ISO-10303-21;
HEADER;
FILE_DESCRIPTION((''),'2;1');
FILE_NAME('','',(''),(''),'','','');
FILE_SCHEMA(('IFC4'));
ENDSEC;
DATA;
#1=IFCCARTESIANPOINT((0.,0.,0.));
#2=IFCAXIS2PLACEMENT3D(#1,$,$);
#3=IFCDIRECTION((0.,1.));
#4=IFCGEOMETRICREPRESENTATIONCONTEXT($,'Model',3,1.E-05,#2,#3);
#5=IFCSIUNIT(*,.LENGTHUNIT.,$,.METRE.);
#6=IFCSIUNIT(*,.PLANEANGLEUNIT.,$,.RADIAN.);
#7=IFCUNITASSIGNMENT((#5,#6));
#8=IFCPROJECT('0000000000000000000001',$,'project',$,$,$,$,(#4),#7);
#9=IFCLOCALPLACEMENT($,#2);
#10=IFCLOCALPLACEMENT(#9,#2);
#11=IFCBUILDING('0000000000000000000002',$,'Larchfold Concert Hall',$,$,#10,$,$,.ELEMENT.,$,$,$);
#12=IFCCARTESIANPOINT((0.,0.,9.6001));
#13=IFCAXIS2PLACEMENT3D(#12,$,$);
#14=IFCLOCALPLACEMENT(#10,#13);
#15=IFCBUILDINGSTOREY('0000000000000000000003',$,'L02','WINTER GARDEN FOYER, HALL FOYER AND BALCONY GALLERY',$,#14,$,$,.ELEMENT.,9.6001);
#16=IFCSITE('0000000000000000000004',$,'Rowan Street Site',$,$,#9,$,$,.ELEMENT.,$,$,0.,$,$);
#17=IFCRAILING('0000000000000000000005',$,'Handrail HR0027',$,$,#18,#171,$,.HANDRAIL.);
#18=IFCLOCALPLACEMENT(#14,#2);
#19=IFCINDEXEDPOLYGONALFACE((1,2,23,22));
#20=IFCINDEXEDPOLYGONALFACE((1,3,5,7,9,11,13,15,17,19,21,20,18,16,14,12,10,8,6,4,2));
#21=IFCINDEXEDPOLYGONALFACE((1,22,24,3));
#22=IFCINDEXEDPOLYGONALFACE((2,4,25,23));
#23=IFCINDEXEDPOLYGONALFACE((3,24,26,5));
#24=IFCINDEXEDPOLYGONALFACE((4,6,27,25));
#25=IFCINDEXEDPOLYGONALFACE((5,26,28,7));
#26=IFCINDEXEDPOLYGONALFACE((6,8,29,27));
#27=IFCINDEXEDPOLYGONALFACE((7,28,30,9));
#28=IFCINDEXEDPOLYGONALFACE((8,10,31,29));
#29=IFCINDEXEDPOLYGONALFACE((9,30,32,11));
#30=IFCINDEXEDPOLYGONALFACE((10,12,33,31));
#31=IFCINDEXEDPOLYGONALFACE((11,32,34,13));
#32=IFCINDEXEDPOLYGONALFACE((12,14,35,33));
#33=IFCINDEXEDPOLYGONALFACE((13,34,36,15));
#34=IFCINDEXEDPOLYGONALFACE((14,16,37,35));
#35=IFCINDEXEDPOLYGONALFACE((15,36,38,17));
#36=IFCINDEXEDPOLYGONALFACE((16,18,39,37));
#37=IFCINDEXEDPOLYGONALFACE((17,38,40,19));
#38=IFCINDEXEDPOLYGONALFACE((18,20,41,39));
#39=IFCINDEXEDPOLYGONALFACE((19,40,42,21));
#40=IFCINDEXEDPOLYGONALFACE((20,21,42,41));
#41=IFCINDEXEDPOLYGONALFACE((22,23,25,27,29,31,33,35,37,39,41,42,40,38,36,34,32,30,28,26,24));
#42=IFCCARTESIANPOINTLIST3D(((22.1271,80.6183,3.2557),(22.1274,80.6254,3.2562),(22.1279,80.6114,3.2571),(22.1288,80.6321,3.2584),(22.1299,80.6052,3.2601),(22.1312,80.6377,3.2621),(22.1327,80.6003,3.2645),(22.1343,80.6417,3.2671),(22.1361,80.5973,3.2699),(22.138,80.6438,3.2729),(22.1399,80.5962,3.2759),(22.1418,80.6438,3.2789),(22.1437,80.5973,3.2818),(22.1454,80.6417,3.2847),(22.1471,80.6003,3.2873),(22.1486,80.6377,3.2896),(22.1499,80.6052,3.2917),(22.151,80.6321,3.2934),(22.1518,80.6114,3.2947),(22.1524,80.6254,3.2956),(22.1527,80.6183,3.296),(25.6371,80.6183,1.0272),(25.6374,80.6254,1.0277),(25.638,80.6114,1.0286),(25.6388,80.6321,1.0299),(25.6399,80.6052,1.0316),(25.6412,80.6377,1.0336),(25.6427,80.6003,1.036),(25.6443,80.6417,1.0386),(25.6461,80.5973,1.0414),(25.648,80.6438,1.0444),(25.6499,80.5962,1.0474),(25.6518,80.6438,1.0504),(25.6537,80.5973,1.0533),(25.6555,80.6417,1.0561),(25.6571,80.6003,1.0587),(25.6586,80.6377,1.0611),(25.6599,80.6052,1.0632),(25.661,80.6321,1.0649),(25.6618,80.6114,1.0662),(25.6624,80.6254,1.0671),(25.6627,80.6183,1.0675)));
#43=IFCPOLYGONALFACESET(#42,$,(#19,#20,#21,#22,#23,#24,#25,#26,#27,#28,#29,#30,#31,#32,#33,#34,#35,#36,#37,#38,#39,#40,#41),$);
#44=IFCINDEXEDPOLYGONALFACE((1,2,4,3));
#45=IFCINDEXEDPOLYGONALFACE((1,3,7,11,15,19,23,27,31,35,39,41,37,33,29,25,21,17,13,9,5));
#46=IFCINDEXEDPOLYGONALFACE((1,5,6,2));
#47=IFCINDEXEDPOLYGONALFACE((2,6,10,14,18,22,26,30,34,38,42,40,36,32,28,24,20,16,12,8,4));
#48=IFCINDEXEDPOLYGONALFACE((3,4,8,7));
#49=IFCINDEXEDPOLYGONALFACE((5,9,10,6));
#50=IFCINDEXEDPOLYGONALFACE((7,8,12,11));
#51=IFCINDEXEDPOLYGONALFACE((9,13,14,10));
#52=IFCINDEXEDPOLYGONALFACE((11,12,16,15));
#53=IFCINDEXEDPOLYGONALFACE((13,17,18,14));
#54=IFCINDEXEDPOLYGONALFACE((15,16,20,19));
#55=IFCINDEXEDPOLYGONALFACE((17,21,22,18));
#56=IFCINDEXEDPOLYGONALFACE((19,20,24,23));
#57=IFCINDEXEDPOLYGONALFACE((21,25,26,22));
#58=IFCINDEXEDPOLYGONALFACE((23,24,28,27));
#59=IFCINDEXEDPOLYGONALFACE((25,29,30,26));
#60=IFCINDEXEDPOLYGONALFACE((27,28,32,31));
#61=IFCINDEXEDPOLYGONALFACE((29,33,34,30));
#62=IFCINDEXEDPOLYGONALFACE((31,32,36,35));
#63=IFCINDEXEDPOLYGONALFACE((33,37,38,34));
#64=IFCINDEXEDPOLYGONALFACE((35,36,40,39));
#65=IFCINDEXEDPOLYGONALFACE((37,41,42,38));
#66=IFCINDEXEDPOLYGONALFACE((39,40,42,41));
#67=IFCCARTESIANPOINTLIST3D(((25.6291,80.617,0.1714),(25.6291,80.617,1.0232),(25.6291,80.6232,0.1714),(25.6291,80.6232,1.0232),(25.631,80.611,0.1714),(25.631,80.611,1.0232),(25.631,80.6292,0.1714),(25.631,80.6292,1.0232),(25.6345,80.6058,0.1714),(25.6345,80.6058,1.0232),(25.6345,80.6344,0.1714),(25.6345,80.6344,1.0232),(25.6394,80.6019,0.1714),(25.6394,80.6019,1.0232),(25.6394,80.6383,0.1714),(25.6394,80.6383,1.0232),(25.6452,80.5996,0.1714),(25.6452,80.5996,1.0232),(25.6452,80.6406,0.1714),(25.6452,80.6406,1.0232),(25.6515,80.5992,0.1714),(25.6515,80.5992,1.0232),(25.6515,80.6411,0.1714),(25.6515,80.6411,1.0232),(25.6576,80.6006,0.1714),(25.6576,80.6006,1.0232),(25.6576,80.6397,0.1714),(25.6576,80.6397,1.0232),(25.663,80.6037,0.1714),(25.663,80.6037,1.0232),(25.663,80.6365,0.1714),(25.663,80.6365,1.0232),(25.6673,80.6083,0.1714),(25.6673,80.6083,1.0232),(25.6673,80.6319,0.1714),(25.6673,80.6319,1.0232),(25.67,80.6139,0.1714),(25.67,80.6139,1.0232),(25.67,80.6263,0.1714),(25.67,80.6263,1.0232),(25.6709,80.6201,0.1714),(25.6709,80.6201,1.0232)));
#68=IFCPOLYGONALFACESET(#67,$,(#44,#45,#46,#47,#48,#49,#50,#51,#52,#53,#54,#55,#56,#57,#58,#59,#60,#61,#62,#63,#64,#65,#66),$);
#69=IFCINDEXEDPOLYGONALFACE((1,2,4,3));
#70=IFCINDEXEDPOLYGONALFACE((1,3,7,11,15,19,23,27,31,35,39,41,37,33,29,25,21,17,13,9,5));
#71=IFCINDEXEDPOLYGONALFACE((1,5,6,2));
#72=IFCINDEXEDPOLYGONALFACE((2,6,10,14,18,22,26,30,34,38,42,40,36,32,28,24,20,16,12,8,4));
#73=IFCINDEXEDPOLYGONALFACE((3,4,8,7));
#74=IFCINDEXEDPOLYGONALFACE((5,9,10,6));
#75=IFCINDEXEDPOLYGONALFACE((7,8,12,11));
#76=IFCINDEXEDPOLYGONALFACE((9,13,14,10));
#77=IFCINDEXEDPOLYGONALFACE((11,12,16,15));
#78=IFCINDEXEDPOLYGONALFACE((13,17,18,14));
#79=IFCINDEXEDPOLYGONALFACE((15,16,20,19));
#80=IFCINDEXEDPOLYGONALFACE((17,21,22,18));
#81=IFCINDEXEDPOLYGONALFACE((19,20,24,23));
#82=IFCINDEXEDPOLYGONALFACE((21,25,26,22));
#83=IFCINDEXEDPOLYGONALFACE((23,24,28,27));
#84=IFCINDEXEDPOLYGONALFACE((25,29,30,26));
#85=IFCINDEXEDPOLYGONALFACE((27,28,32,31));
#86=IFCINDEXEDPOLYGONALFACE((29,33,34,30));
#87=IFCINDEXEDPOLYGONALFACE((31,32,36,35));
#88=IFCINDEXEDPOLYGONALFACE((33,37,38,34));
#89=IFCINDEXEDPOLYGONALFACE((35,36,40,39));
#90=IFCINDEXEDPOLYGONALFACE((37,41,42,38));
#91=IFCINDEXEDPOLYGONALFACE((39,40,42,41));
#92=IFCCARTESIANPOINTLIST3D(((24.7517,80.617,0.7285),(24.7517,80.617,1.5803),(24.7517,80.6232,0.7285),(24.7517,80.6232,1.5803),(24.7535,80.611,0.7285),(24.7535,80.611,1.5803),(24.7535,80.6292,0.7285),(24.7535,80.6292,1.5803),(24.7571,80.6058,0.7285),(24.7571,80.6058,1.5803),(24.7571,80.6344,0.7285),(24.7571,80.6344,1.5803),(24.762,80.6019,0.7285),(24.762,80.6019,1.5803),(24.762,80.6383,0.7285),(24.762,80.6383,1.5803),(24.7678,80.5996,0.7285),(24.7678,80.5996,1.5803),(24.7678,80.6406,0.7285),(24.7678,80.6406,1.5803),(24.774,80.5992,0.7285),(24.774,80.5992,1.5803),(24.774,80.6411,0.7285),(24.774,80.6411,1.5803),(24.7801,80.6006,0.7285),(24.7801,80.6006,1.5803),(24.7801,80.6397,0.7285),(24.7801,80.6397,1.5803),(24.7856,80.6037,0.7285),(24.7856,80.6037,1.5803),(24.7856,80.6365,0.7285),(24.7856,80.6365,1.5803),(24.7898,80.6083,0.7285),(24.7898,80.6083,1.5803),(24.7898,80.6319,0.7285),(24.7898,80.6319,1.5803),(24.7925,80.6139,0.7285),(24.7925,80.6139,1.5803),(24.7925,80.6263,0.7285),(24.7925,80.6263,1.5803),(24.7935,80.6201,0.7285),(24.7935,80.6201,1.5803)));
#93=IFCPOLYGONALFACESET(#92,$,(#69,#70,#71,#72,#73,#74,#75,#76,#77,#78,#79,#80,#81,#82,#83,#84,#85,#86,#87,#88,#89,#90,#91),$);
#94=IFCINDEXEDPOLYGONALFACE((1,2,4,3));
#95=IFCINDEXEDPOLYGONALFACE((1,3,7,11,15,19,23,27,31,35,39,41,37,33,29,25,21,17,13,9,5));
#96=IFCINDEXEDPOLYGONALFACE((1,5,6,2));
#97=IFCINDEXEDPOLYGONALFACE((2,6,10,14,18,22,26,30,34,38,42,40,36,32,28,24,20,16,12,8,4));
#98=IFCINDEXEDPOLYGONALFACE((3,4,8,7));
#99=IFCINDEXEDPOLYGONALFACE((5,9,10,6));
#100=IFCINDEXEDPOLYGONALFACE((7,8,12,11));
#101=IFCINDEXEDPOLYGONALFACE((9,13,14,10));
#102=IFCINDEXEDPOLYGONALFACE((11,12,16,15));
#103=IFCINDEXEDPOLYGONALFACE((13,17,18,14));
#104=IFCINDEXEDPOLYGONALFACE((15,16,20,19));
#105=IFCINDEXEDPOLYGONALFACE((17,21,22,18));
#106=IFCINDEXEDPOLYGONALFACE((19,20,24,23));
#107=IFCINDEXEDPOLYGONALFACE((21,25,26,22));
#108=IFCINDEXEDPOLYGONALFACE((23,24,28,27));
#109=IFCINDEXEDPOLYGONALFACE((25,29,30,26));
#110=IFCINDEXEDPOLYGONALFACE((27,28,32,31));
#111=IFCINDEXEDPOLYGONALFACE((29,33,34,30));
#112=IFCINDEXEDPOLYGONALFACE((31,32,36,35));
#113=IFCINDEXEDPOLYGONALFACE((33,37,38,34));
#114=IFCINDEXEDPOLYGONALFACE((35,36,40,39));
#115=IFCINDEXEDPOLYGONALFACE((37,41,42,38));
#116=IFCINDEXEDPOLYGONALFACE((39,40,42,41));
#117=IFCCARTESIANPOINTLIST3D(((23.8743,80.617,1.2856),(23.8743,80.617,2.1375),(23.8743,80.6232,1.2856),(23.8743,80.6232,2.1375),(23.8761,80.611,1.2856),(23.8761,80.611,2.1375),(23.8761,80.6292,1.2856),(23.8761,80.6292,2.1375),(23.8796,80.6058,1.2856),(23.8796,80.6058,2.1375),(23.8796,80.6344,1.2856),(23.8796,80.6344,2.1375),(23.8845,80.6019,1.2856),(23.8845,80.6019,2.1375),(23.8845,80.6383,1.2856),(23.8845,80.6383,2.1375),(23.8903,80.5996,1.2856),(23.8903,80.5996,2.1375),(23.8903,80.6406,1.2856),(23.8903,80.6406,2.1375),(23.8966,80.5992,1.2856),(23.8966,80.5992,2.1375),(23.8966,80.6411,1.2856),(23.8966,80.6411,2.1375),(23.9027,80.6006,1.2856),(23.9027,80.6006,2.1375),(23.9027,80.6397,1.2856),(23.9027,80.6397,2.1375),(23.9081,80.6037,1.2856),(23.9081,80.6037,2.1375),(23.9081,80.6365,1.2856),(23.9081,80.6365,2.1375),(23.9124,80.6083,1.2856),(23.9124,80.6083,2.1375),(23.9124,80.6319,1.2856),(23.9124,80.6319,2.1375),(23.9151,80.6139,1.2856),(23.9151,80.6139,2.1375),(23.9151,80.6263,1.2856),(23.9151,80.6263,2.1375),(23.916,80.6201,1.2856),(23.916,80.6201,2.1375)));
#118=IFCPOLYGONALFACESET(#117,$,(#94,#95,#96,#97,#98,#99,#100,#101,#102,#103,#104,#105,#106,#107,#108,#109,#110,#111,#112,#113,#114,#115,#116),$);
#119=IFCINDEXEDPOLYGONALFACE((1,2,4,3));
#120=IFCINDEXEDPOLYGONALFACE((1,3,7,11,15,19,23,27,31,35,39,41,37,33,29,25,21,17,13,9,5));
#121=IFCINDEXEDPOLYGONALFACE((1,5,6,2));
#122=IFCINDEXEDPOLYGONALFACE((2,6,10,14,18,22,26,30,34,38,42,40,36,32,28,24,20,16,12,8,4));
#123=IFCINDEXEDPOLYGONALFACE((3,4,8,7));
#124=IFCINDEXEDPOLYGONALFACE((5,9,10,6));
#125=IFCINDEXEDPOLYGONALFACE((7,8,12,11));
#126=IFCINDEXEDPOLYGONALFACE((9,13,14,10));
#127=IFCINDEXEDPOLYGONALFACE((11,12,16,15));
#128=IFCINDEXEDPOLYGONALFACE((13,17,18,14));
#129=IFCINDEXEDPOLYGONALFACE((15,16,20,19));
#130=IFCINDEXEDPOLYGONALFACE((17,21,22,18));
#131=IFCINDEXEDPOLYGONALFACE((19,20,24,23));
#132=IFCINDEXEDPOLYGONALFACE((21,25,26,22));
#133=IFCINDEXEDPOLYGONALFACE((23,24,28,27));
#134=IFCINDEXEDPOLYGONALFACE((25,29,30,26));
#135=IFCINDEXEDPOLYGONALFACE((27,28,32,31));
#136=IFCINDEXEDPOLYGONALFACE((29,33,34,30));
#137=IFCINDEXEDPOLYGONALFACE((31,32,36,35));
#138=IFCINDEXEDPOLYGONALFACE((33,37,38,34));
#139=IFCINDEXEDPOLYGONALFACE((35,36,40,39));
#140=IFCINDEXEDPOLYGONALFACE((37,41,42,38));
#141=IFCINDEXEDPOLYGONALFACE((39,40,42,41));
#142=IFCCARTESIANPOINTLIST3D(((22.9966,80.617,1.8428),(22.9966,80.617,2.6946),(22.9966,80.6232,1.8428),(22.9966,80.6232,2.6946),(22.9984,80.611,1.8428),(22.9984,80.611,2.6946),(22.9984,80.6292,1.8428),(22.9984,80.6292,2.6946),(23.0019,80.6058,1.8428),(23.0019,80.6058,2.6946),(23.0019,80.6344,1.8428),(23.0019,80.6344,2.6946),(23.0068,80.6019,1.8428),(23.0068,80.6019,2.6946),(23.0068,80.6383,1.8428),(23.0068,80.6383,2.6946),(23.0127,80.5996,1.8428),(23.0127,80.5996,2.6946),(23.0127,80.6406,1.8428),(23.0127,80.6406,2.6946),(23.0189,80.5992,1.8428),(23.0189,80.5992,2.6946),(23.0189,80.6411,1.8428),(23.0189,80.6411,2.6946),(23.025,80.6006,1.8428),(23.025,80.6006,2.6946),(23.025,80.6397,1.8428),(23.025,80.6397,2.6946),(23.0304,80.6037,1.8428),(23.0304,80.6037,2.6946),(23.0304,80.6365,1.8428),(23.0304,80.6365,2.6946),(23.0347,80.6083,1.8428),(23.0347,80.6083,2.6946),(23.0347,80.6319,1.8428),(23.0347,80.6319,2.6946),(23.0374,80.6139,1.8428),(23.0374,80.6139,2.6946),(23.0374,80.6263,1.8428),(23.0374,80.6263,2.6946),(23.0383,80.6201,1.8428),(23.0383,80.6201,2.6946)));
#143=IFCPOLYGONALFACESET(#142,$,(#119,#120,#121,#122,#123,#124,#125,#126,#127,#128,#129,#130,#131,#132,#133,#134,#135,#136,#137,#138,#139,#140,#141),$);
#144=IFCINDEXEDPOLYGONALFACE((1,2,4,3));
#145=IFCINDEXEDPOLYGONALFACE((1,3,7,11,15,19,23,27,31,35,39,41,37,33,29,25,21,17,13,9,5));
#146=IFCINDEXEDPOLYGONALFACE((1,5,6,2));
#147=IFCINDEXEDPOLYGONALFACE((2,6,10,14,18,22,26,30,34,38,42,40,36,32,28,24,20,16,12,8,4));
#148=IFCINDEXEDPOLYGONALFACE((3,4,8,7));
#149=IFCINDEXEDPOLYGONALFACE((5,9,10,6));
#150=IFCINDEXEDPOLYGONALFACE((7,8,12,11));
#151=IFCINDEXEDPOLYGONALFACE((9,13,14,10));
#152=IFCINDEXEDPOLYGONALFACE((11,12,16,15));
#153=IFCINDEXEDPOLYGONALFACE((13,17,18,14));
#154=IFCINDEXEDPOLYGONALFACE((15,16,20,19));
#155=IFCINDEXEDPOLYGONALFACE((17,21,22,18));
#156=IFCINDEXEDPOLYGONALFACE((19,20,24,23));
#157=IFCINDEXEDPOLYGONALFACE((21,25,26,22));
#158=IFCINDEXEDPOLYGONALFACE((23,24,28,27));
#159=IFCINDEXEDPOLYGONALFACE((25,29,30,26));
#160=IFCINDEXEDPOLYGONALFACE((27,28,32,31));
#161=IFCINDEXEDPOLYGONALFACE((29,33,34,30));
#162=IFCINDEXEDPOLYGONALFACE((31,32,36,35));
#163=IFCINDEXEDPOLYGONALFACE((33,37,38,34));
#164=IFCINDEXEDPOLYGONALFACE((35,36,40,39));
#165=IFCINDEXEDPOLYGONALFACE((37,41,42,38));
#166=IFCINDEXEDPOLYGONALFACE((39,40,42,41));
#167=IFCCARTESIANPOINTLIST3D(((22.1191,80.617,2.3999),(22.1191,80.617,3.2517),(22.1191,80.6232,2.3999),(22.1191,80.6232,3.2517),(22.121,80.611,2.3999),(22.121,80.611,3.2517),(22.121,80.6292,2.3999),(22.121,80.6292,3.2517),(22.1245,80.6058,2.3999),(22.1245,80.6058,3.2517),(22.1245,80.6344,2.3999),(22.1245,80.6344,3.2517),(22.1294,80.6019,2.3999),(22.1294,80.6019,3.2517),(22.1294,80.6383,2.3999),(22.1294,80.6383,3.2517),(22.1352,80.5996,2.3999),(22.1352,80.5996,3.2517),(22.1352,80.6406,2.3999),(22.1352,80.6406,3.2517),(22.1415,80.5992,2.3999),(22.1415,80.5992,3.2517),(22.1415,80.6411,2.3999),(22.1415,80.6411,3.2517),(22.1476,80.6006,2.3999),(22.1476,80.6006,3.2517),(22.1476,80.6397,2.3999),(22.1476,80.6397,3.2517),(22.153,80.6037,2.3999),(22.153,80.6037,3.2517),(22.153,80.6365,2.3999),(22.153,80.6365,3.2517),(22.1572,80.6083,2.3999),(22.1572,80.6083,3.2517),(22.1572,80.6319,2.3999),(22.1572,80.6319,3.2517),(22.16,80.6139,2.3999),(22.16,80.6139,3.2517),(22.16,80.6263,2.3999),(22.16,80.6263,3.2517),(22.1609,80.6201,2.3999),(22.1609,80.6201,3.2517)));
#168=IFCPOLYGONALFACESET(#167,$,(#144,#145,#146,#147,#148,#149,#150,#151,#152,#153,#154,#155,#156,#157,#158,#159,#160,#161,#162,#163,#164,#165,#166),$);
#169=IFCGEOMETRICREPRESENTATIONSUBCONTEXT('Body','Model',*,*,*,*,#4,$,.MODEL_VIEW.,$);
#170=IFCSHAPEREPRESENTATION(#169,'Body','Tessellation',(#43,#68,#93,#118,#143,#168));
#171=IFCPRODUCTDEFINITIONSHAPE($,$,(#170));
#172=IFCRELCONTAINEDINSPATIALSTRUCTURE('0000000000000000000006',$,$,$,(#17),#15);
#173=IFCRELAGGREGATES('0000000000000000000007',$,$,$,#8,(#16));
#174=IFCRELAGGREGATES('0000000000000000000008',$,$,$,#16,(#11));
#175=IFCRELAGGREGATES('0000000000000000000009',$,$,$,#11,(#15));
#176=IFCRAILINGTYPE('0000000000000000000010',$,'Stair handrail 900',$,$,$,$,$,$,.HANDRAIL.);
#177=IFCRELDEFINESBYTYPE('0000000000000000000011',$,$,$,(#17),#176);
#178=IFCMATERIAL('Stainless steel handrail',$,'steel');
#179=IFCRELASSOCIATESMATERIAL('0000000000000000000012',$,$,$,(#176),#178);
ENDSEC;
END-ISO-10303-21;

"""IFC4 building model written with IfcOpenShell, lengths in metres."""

from ifc_helpers import new_model, si_unit, direction, frame, origin, origin_2d, place, context, subcontext, project, spatial, circle, extrude, material, type_object, element, save


model = new_model("IFC4")

# Units and contexts
model_context = context("Model", 3, precision=1e-05, world=origin(), true_north=direction((0.0, 1.0)))
body_context = subcontext(model_context, "Body", "Model", "MODEL_VIEW")
ifc_project = project(units=[si_unit("LENGTHUNIT", "METRE"), si_unit("PLANEANGLEUNIT", "RADIAN")], contexts=[model_context])

# Site, building, storey
site_placement = place(None, origin())
site = spatial("IfcSite", under=ifc_project, at=site_placement, Name="Rowan Street Site", CompositionType="ELEMENT", RefElevation=0.0)
building_placement = place(site_placement, origin())
building = spatial("IfcBuilding", under=site, at=building_placement, Name="Larchfold Concert Hall", CompositionType="ELEMENT")
storey_placement = place(building_placement, frame((0.0, 0.0, 9.6001)))
storey = spatial("IfcBuildingStorey", under=building, at=storey_placement, Name="L02", Description="WINTER GARDEN FOYER, HALL FOYER AND BALCONY GALLERY", CompositionType="ELEMENT", Elevation=9.6001)

# Railing
ifc_material_1 = material(Name="Stainless steel handrail", Category="steel")
railing_type_1 = type_object("IfcRailingType", Name="Stair handrail 900", PredefinedType="HANDRAIL", material=ifc_material_1)
railing_1_placement = place(storey_placement, frame((25.6499, 80.6201, 0.1714)))
element("IfcRailing", 1, at=railing_1_placement, inside=storey, type_object=railing_type_1, Name="Handrail HR0027", PredefinedType="HANDRAIL", context=body_context, shape_type="SweptSolid", body=[
    extrude(circle(Radius=0.0239, at=origin_2d()), frame((0.0, 0.0, 0.876), z_axis=(-0.84422, 0.0, 0.535998), x_axis=(0.0, -1.0, 0.0)), (0.0, 0.0, 1.0), 4.1577),
    extrude(circle(Radius=0.021, at=origin_2d()), origin(), (0.0, 0.0, 1.0), 0.8518),
    extrude(circle(Radius=0.021, at=origin_2d()), frame((-0.8774, 0.0, 0.5571)), (0.0, 0.0, 1.0), 0.8518),
    extrude(circle(Radius=0.021, at=origin_2d()), frame((-1.7549, 0.0, 1.1143)), (0.0, 0.0, 1.0), 0.8518),
    extrude(circle(Radius=0.021, at=origin_2d()), frame((-2.6326, 0.0, 1.6714)), (0.0, 0.0, 1.0), 0.8518),
    extrude(circle(Radius=0.021, at=origin_2d()), frame((-3.51, 0.0, 2.2285)), (0.0, 0.0, 1.0), 0.8518),
])

save(model, "model.ifc")
